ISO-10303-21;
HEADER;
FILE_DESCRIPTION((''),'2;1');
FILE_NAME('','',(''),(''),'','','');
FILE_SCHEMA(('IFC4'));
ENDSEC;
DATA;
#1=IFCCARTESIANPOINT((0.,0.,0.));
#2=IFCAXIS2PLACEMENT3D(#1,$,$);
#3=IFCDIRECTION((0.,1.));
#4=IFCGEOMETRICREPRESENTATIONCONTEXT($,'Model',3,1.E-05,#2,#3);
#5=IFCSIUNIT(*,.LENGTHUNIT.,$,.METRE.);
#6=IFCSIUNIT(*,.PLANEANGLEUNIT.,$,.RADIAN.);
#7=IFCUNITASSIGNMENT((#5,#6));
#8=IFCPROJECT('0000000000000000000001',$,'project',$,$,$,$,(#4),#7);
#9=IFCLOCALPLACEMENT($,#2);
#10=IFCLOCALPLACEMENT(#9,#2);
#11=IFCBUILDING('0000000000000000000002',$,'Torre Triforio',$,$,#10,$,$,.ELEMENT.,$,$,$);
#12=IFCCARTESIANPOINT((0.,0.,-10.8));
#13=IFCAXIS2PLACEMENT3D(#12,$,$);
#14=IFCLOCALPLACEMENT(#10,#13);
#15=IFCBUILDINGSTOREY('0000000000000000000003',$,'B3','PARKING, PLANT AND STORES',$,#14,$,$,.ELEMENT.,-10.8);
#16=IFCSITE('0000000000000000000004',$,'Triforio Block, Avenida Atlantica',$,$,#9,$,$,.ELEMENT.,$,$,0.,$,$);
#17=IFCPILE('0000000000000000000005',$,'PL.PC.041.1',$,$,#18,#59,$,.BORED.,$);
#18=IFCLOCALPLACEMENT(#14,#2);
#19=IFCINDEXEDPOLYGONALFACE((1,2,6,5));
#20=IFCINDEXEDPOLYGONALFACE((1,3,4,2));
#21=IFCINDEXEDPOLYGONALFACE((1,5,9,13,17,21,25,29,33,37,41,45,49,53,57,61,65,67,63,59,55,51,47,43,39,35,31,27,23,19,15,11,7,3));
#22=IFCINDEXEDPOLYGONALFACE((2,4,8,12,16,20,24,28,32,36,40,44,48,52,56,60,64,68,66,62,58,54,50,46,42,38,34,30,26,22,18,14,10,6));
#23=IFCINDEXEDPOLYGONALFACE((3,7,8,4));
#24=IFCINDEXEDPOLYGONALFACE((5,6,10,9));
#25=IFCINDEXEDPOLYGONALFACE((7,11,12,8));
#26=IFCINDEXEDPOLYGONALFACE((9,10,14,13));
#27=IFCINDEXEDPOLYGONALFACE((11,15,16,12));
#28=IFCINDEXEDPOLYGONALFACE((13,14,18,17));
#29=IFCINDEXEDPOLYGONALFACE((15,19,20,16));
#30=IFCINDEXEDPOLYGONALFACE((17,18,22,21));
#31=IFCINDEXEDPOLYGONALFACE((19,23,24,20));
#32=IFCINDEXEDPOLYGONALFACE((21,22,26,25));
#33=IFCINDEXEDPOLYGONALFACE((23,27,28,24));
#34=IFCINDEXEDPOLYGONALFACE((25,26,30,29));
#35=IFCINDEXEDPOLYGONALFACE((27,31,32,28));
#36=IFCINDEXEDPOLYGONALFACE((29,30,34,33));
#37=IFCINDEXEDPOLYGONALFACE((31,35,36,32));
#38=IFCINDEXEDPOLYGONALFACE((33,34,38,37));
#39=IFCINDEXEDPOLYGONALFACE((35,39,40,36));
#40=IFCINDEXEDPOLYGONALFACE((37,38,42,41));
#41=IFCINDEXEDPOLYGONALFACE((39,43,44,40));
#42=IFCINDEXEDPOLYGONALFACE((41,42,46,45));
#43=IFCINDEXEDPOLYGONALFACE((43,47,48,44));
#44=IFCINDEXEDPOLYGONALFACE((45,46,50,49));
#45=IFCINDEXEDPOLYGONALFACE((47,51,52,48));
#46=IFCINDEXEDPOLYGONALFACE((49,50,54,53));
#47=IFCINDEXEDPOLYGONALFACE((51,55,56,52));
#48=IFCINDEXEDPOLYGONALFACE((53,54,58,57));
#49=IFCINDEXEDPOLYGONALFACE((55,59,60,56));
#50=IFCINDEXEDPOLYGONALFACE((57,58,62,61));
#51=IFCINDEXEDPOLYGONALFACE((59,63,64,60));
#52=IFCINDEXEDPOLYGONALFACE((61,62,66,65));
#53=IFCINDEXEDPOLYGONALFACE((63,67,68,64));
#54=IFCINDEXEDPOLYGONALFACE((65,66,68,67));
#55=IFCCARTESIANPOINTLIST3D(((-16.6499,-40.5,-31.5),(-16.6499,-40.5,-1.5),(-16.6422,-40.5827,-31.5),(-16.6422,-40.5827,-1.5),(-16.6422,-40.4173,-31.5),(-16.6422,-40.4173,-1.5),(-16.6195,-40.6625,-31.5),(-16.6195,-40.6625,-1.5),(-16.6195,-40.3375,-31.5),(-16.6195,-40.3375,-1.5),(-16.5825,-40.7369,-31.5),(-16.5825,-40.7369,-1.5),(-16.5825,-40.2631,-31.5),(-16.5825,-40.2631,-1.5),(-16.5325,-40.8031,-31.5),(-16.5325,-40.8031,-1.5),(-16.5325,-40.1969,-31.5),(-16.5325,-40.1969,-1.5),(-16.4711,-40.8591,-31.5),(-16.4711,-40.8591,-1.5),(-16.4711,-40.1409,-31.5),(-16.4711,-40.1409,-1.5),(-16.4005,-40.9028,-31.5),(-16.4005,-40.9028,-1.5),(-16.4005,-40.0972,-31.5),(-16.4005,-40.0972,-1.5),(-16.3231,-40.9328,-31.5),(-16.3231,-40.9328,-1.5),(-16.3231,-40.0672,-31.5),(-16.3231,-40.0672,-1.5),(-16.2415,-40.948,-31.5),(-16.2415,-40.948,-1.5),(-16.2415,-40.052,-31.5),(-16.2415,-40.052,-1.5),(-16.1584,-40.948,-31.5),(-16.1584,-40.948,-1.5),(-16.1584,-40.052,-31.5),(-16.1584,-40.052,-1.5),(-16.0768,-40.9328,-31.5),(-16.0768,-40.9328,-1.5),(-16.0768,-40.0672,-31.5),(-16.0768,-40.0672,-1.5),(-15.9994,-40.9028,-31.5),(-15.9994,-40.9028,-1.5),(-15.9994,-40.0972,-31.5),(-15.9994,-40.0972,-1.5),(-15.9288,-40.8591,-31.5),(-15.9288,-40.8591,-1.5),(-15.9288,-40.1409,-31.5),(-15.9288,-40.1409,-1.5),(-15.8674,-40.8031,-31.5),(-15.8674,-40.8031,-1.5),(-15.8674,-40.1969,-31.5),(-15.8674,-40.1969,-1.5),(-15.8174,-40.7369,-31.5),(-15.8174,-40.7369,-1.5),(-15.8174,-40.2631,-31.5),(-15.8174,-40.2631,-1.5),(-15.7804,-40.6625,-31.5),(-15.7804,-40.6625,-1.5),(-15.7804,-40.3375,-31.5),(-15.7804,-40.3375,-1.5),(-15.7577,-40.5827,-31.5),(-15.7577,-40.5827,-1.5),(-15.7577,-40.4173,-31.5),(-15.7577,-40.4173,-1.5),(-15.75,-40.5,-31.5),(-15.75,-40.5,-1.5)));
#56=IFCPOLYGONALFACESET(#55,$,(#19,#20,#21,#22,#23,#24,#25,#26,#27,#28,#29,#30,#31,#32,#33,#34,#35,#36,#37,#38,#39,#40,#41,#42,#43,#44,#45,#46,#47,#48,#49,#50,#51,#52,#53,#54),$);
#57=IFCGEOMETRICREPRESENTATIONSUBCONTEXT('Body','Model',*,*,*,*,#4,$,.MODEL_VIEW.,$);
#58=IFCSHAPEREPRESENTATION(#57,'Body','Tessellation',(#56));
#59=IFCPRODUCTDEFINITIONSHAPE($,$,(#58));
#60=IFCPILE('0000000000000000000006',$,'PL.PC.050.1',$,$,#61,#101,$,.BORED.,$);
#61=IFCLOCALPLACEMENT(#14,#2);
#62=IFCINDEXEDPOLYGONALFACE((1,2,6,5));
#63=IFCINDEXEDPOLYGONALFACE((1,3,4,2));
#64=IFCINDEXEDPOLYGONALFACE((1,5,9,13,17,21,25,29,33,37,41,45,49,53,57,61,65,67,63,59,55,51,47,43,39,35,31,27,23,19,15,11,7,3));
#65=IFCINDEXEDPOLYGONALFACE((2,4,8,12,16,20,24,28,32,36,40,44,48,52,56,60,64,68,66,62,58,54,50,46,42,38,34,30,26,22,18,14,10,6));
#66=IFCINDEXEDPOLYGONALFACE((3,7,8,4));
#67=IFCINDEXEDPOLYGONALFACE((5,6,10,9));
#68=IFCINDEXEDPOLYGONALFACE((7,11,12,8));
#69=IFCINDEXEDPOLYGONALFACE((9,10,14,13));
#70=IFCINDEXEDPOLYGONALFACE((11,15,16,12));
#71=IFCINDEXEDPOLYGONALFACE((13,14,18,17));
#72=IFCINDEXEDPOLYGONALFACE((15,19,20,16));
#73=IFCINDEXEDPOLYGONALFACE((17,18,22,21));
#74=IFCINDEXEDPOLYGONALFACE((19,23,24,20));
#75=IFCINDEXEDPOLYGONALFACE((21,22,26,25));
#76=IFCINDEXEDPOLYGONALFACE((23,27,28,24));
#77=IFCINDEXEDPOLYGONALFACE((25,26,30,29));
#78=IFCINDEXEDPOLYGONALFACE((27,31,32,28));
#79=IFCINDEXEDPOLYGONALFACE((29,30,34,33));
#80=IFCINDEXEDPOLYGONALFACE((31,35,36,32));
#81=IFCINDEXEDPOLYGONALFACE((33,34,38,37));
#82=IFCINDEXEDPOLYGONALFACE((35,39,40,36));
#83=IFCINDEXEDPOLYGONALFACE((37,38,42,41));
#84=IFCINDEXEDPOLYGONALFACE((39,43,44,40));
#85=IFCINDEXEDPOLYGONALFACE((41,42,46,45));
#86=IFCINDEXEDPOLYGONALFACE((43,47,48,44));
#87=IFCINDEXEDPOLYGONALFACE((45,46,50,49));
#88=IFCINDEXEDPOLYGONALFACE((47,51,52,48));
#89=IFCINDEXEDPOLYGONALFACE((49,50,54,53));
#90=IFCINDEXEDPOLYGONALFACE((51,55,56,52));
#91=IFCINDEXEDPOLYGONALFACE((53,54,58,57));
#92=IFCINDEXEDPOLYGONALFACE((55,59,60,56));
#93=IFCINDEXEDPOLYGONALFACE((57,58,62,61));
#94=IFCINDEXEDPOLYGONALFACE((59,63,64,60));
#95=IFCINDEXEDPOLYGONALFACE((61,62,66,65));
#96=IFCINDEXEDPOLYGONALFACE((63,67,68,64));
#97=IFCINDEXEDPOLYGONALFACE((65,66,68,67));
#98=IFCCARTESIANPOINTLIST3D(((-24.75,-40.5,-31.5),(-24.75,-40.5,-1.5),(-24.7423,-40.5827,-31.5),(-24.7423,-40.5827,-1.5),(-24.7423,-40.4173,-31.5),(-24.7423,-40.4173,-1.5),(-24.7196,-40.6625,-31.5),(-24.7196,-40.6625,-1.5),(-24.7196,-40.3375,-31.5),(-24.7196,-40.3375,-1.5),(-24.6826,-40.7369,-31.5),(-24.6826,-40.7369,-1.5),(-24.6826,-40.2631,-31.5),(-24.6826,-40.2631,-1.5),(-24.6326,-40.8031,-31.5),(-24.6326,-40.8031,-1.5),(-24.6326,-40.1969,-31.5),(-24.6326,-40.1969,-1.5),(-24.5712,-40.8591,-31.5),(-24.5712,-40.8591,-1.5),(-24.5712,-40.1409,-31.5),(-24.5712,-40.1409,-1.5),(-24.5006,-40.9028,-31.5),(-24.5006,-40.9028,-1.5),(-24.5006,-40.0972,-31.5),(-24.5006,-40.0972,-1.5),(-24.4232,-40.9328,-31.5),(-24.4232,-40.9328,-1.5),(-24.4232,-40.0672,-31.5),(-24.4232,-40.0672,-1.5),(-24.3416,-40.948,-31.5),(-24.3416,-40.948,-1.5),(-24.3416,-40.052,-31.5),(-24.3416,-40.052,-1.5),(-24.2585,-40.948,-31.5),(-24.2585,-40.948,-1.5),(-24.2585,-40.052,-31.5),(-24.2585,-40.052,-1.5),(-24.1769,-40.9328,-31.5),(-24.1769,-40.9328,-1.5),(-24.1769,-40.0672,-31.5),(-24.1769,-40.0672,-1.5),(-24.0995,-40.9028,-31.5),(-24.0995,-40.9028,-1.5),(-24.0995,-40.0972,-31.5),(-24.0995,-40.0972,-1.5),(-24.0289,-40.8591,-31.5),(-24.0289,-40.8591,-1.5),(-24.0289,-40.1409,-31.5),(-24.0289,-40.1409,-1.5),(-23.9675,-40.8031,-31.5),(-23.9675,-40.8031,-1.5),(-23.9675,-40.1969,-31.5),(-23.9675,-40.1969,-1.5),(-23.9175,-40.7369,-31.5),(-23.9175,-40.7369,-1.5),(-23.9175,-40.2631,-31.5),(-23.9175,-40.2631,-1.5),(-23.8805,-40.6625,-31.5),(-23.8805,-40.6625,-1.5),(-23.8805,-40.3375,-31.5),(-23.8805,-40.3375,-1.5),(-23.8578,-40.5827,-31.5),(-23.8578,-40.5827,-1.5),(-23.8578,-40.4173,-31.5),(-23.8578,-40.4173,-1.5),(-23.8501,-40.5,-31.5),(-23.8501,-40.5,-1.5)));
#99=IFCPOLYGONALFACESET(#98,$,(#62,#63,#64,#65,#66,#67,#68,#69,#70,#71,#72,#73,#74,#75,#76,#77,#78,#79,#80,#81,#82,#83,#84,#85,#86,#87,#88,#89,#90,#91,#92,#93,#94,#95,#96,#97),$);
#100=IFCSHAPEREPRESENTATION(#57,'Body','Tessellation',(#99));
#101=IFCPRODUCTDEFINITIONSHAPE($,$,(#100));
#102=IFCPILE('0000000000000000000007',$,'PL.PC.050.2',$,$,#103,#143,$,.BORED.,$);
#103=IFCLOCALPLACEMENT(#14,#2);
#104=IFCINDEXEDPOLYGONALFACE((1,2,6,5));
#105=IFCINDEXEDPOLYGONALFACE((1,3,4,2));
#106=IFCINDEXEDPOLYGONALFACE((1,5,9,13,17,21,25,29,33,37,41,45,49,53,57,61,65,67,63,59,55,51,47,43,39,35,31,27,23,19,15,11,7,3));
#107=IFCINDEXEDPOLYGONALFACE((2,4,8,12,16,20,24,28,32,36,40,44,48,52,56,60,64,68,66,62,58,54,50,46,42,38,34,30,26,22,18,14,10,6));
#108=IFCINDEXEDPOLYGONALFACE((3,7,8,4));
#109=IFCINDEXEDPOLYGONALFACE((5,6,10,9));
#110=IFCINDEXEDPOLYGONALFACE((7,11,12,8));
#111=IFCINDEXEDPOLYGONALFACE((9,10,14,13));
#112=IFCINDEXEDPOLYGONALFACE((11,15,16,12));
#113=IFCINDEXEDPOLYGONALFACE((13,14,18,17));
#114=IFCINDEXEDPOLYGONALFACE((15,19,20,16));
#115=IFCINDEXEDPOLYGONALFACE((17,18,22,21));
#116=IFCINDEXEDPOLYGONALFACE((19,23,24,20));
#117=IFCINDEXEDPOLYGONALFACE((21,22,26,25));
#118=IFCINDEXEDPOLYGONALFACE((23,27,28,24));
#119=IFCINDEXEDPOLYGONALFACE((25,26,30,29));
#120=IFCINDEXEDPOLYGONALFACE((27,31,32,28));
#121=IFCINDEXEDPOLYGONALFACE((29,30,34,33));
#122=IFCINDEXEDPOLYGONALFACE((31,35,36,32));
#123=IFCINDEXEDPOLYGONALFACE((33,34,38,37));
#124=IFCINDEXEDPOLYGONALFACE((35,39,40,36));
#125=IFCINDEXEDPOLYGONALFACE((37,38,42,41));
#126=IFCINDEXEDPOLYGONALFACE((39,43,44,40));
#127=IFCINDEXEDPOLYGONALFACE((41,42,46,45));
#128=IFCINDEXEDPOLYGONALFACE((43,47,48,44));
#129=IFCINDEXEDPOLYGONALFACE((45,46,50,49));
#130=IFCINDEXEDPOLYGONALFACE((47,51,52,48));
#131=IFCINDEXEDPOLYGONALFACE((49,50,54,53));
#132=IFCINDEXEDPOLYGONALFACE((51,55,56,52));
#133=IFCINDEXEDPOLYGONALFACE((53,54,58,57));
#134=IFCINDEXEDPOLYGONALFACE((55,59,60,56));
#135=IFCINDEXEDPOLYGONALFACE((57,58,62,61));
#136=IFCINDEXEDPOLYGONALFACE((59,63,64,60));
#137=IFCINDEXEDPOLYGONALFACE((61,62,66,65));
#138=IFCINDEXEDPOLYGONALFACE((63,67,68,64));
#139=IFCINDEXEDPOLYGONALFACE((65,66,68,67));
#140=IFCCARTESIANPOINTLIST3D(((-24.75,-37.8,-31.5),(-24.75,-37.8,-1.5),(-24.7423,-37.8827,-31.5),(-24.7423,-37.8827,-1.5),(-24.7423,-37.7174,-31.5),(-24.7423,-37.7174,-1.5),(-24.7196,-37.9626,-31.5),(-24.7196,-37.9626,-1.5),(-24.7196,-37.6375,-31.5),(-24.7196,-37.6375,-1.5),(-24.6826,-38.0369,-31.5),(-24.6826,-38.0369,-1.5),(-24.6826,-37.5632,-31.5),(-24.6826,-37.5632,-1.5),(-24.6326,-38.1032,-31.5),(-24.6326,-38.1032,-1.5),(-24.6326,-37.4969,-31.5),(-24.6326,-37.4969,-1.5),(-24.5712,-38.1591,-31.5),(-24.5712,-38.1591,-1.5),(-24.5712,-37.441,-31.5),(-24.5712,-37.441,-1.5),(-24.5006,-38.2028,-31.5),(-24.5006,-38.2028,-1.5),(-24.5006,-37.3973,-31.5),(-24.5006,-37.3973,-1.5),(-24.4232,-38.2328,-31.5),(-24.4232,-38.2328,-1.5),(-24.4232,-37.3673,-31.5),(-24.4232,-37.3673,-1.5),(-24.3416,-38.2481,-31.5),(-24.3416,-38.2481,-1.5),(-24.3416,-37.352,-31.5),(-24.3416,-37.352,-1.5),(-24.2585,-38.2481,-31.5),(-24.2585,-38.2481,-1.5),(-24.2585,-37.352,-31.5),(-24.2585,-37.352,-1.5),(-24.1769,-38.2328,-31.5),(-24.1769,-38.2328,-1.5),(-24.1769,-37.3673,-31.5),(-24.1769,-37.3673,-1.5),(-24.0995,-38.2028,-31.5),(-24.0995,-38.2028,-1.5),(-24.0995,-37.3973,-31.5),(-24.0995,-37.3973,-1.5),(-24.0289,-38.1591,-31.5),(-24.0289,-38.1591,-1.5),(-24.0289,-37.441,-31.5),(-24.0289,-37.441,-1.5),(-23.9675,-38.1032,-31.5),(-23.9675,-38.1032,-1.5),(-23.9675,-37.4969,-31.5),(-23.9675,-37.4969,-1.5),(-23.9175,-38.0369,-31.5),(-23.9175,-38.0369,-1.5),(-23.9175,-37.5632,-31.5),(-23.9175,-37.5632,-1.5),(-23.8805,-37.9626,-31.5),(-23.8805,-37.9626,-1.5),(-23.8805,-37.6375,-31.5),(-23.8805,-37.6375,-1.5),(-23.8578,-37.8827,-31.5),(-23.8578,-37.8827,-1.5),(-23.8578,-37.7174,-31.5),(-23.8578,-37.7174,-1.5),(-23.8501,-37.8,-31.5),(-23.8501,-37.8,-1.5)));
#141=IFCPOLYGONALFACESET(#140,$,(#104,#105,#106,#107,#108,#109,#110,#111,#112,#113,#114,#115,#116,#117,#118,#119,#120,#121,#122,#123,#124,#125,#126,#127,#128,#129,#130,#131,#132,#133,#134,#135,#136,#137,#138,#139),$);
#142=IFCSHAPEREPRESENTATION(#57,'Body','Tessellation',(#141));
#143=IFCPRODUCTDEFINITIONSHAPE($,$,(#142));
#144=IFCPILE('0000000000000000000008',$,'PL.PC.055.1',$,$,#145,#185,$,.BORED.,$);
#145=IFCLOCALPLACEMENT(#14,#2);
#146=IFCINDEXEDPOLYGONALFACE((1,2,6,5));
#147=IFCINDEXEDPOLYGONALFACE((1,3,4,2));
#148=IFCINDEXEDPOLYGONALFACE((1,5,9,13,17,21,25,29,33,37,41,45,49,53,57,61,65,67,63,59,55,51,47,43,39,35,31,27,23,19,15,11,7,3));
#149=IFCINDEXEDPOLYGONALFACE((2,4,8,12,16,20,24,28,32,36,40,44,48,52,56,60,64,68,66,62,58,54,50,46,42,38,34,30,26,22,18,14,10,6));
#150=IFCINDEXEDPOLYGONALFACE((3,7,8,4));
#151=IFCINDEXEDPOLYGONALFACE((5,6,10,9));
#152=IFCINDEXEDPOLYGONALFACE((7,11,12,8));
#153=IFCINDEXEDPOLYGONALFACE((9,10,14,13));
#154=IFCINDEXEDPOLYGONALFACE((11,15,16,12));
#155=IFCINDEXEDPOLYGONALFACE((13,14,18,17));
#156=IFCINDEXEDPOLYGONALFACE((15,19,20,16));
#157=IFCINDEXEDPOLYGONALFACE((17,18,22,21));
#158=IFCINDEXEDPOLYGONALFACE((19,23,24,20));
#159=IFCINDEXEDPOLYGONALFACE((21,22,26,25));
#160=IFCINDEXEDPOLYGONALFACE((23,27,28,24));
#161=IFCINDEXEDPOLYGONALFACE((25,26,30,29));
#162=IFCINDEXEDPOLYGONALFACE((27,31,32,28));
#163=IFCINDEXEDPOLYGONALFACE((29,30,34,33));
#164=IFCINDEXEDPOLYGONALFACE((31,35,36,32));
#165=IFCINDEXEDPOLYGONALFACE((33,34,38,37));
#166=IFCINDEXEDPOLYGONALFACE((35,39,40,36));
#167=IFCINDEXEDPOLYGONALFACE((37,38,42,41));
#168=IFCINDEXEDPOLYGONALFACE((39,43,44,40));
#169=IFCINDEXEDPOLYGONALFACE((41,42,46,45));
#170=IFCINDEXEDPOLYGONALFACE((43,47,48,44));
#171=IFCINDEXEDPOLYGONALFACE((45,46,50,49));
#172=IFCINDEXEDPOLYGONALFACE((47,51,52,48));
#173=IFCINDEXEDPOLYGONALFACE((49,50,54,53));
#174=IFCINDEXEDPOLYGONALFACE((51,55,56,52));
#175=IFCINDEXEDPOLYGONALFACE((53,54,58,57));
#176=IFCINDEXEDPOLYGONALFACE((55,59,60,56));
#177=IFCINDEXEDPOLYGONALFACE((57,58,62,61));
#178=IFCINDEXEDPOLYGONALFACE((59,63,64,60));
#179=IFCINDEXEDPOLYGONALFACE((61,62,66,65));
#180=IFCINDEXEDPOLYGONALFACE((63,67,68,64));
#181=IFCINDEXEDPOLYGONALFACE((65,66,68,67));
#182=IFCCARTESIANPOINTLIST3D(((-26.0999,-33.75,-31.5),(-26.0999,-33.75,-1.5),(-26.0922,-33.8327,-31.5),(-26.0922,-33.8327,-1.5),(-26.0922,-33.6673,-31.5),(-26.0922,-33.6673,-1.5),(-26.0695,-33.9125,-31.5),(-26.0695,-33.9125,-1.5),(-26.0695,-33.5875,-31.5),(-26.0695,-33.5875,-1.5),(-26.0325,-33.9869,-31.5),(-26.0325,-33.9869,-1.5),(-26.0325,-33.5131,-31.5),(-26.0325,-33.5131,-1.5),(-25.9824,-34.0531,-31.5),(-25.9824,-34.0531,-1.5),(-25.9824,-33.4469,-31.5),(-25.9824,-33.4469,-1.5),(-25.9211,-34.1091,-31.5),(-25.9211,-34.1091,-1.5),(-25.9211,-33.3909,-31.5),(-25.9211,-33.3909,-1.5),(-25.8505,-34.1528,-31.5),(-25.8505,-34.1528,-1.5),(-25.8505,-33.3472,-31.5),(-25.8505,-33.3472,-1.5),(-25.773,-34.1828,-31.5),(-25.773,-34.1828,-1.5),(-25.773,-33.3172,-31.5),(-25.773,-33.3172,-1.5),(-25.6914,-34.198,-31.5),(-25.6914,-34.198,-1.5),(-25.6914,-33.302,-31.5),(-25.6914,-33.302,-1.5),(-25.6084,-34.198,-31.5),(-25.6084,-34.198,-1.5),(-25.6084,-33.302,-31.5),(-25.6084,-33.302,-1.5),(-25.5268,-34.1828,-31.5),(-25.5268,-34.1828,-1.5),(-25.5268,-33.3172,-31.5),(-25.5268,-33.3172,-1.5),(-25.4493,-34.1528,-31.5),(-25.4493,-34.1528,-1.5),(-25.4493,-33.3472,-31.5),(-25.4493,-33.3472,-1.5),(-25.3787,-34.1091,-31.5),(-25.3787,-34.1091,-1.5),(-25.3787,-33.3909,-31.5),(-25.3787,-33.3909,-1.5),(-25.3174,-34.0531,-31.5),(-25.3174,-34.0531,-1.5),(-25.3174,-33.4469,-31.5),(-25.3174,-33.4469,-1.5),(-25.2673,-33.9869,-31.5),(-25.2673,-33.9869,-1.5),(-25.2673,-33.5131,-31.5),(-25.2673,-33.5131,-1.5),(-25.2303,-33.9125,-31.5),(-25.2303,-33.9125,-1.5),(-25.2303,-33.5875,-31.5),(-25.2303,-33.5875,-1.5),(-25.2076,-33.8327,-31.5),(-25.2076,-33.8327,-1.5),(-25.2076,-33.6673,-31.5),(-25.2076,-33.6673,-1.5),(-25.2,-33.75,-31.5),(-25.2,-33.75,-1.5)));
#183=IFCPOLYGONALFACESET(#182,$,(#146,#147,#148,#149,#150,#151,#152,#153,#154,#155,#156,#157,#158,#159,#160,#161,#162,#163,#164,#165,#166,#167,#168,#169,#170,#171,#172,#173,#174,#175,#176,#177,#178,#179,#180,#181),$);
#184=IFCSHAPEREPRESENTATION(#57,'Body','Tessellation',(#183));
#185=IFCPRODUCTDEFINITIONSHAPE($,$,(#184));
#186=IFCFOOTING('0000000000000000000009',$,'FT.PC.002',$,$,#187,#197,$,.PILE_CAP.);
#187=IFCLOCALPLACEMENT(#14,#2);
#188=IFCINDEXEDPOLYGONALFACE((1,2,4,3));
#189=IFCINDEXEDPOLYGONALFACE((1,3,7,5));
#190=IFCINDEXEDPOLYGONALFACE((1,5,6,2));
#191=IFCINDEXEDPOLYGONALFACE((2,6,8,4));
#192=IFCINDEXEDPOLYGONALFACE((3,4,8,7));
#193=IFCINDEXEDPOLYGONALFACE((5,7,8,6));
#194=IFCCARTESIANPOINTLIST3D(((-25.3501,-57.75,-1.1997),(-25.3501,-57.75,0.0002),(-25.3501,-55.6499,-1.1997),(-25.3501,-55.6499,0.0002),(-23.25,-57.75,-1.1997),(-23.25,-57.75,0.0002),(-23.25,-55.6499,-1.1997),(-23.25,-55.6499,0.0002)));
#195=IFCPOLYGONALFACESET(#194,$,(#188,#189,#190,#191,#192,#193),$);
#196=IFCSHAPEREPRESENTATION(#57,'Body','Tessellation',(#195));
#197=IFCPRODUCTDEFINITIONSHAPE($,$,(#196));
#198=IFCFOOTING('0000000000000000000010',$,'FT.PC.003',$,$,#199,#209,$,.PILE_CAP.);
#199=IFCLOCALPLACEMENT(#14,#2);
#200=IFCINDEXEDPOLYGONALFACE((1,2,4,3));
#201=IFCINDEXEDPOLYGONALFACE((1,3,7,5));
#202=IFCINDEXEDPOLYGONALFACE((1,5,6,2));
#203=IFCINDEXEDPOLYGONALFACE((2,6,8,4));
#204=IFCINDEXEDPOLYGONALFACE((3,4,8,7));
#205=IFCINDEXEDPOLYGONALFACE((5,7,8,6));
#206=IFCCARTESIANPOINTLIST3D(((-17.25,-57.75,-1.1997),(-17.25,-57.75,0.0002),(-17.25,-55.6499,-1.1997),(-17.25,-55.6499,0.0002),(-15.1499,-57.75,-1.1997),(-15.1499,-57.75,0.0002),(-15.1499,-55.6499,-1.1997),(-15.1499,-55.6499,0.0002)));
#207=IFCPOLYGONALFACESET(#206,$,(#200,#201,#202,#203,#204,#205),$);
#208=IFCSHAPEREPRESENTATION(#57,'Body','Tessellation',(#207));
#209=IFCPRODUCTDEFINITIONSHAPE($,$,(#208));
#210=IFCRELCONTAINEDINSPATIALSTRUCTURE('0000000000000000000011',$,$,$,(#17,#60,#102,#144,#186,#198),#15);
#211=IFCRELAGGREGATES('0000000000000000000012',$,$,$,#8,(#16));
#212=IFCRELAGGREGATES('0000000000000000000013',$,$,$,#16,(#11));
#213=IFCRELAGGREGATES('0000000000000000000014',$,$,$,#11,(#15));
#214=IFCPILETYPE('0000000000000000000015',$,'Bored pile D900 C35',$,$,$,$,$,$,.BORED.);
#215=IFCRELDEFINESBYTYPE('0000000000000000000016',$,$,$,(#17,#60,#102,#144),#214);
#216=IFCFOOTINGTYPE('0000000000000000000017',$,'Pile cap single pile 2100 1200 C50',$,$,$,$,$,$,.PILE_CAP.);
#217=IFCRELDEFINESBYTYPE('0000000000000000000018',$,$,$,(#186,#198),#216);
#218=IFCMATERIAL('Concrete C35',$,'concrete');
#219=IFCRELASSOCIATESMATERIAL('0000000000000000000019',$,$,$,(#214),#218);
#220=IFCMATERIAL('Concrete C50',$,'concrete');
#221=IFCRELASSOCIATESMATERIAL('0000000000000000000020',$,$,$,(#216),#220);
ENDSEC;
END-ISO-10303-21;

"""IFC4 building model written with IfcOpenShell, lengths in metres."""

from ifc_helpers import new_model, si_unit, direction, frame, origin, origin_2d, place, context, subcontext, project, spatial, rectangle, circle, extrude, material, material_profile, profile_set, type_object, element, save


model = new_model("IFC4")

# Units and contexts
model_context = context("Model", 3, precision=1e-05, world=origin(), true_north=direction((0.0, 1.0)))
body_context = subcontext(model_context, "Body", "Model", "MODEL_VIEW")
ifc_project = project(units=[si_unit("LENGTHUNIT", "METRE"), si_unit("PLANEANGLEUNIT", "RADIAN")], contexts=[model_context])

# Site, building, storey
site_placement = place(None, origin())
site = spatial("IfcSite", under=ifc_project, at=site_placement, Name="Triforio Block, Avenida Atlantica", CompositionType="ELEMENT", RefElevation=0.0)
building_placement = place(site_placement, origin())
building = spatial("IfcBuilding", under=site, at=building_placement, Name="Torre Triforio", CompositionType="ELEMENT")
storey_placement = place(building_placement, frame((0.0, 0.0, -10.8)))
storey = spatial("IfcBuildingStorey", under=building, at=storey_placement, Name="B3", Description="PARKING, PLANT AND STORES", CompositionType="ELEMENT", Elevation=-10.8)

# Piles
ifc_material_1 = material(Name="Concrete C35", Category="concrete")
ifc_material_profile_1 = material_profile(ifc_material_1, circle(Radius=0.45, at=origin_2d()), Name="RC D900")
ifc_profile_set_1 = profile_set([ifc_material_profile_1], Name="Concrete C35")
pile_type = type_object("IfcPileType", Name="Bored pile D900 C35", PredefinedType="BORED", material=ifc_profile_set_1)
for number, where, z_axis, x_axis, name in (
    (1, (-16.2, -40.5, -1.5), (0.0, 0.0, -1.0), (1.0, 0.0, 0.0), "PL.PC.041.1"),
    (2, (-24.3, -40.5, -1.5), (0.0, 0.0, -1.0), (1.0, 0.0, 0.0), "PL.PC.050.1"),
    (3, (-24.3, -37.8, -1.5), (0.0, 0.0, -1.0), (1.0, 0.0, 0.0), "PL.PC.050.2"),
    (4, (-25.6499, -33.75, -1.5), (0.0, 0.0, -1.0), (1.0, 0.0, 0.0), "PL.PC.055.1"),
):
    element("IfcPile", number, at=place(storey_placement, frame(where, z_axis=z_axis, x_axis=x_axis)), inside=storey, type_object=pile_type, Name=name, PredefinedType="BORED", context=body_context, shape_type="SweptSolid", body=[
        extrude(circle(Radius=0.45, at=origin_2d()), origin(), (0.0, 0.0, 1.0), 30.0),
    ])

# Footings
ifc_material_2 = material(Name="Concrete C50", Category="concrete")
footing_type = type_object("IfcFootingType", Name="Pile cap single pile 2100 1200 C50", PredefinedType="PILE_CAP", material=ifc_material_2)
for number, where, z_axis, x_axis, name in (
    (5, (-24.3, -56.7, -1.1997), (0.0, 0.0, 1.0), (1.0, 0.0, 0.0), "FT.PC.002"),
    (6, (-16.2, -56.7, -1.1997), (0.0, 0.0, 1.0), (1.0, 0.0, 0.0), "FT.PC.003"),
):
    element("IfcFooting", number, at=place(storey_placement, frame(where, z_axis=z_axis, x_axis=x_axis)), inside=storey, type_object=footing_type, Name=name, PredefinedType="PILE_CAP", context=body_context, shape_type="SweptSolid", body=[
        extrude(rectangle(XDim=2.1001, YDim=2.1001, at=origin_2d()), origin(), (0.0, 0.0, 1.0), 1.2),
    ])

save(model, "model.ifc")
